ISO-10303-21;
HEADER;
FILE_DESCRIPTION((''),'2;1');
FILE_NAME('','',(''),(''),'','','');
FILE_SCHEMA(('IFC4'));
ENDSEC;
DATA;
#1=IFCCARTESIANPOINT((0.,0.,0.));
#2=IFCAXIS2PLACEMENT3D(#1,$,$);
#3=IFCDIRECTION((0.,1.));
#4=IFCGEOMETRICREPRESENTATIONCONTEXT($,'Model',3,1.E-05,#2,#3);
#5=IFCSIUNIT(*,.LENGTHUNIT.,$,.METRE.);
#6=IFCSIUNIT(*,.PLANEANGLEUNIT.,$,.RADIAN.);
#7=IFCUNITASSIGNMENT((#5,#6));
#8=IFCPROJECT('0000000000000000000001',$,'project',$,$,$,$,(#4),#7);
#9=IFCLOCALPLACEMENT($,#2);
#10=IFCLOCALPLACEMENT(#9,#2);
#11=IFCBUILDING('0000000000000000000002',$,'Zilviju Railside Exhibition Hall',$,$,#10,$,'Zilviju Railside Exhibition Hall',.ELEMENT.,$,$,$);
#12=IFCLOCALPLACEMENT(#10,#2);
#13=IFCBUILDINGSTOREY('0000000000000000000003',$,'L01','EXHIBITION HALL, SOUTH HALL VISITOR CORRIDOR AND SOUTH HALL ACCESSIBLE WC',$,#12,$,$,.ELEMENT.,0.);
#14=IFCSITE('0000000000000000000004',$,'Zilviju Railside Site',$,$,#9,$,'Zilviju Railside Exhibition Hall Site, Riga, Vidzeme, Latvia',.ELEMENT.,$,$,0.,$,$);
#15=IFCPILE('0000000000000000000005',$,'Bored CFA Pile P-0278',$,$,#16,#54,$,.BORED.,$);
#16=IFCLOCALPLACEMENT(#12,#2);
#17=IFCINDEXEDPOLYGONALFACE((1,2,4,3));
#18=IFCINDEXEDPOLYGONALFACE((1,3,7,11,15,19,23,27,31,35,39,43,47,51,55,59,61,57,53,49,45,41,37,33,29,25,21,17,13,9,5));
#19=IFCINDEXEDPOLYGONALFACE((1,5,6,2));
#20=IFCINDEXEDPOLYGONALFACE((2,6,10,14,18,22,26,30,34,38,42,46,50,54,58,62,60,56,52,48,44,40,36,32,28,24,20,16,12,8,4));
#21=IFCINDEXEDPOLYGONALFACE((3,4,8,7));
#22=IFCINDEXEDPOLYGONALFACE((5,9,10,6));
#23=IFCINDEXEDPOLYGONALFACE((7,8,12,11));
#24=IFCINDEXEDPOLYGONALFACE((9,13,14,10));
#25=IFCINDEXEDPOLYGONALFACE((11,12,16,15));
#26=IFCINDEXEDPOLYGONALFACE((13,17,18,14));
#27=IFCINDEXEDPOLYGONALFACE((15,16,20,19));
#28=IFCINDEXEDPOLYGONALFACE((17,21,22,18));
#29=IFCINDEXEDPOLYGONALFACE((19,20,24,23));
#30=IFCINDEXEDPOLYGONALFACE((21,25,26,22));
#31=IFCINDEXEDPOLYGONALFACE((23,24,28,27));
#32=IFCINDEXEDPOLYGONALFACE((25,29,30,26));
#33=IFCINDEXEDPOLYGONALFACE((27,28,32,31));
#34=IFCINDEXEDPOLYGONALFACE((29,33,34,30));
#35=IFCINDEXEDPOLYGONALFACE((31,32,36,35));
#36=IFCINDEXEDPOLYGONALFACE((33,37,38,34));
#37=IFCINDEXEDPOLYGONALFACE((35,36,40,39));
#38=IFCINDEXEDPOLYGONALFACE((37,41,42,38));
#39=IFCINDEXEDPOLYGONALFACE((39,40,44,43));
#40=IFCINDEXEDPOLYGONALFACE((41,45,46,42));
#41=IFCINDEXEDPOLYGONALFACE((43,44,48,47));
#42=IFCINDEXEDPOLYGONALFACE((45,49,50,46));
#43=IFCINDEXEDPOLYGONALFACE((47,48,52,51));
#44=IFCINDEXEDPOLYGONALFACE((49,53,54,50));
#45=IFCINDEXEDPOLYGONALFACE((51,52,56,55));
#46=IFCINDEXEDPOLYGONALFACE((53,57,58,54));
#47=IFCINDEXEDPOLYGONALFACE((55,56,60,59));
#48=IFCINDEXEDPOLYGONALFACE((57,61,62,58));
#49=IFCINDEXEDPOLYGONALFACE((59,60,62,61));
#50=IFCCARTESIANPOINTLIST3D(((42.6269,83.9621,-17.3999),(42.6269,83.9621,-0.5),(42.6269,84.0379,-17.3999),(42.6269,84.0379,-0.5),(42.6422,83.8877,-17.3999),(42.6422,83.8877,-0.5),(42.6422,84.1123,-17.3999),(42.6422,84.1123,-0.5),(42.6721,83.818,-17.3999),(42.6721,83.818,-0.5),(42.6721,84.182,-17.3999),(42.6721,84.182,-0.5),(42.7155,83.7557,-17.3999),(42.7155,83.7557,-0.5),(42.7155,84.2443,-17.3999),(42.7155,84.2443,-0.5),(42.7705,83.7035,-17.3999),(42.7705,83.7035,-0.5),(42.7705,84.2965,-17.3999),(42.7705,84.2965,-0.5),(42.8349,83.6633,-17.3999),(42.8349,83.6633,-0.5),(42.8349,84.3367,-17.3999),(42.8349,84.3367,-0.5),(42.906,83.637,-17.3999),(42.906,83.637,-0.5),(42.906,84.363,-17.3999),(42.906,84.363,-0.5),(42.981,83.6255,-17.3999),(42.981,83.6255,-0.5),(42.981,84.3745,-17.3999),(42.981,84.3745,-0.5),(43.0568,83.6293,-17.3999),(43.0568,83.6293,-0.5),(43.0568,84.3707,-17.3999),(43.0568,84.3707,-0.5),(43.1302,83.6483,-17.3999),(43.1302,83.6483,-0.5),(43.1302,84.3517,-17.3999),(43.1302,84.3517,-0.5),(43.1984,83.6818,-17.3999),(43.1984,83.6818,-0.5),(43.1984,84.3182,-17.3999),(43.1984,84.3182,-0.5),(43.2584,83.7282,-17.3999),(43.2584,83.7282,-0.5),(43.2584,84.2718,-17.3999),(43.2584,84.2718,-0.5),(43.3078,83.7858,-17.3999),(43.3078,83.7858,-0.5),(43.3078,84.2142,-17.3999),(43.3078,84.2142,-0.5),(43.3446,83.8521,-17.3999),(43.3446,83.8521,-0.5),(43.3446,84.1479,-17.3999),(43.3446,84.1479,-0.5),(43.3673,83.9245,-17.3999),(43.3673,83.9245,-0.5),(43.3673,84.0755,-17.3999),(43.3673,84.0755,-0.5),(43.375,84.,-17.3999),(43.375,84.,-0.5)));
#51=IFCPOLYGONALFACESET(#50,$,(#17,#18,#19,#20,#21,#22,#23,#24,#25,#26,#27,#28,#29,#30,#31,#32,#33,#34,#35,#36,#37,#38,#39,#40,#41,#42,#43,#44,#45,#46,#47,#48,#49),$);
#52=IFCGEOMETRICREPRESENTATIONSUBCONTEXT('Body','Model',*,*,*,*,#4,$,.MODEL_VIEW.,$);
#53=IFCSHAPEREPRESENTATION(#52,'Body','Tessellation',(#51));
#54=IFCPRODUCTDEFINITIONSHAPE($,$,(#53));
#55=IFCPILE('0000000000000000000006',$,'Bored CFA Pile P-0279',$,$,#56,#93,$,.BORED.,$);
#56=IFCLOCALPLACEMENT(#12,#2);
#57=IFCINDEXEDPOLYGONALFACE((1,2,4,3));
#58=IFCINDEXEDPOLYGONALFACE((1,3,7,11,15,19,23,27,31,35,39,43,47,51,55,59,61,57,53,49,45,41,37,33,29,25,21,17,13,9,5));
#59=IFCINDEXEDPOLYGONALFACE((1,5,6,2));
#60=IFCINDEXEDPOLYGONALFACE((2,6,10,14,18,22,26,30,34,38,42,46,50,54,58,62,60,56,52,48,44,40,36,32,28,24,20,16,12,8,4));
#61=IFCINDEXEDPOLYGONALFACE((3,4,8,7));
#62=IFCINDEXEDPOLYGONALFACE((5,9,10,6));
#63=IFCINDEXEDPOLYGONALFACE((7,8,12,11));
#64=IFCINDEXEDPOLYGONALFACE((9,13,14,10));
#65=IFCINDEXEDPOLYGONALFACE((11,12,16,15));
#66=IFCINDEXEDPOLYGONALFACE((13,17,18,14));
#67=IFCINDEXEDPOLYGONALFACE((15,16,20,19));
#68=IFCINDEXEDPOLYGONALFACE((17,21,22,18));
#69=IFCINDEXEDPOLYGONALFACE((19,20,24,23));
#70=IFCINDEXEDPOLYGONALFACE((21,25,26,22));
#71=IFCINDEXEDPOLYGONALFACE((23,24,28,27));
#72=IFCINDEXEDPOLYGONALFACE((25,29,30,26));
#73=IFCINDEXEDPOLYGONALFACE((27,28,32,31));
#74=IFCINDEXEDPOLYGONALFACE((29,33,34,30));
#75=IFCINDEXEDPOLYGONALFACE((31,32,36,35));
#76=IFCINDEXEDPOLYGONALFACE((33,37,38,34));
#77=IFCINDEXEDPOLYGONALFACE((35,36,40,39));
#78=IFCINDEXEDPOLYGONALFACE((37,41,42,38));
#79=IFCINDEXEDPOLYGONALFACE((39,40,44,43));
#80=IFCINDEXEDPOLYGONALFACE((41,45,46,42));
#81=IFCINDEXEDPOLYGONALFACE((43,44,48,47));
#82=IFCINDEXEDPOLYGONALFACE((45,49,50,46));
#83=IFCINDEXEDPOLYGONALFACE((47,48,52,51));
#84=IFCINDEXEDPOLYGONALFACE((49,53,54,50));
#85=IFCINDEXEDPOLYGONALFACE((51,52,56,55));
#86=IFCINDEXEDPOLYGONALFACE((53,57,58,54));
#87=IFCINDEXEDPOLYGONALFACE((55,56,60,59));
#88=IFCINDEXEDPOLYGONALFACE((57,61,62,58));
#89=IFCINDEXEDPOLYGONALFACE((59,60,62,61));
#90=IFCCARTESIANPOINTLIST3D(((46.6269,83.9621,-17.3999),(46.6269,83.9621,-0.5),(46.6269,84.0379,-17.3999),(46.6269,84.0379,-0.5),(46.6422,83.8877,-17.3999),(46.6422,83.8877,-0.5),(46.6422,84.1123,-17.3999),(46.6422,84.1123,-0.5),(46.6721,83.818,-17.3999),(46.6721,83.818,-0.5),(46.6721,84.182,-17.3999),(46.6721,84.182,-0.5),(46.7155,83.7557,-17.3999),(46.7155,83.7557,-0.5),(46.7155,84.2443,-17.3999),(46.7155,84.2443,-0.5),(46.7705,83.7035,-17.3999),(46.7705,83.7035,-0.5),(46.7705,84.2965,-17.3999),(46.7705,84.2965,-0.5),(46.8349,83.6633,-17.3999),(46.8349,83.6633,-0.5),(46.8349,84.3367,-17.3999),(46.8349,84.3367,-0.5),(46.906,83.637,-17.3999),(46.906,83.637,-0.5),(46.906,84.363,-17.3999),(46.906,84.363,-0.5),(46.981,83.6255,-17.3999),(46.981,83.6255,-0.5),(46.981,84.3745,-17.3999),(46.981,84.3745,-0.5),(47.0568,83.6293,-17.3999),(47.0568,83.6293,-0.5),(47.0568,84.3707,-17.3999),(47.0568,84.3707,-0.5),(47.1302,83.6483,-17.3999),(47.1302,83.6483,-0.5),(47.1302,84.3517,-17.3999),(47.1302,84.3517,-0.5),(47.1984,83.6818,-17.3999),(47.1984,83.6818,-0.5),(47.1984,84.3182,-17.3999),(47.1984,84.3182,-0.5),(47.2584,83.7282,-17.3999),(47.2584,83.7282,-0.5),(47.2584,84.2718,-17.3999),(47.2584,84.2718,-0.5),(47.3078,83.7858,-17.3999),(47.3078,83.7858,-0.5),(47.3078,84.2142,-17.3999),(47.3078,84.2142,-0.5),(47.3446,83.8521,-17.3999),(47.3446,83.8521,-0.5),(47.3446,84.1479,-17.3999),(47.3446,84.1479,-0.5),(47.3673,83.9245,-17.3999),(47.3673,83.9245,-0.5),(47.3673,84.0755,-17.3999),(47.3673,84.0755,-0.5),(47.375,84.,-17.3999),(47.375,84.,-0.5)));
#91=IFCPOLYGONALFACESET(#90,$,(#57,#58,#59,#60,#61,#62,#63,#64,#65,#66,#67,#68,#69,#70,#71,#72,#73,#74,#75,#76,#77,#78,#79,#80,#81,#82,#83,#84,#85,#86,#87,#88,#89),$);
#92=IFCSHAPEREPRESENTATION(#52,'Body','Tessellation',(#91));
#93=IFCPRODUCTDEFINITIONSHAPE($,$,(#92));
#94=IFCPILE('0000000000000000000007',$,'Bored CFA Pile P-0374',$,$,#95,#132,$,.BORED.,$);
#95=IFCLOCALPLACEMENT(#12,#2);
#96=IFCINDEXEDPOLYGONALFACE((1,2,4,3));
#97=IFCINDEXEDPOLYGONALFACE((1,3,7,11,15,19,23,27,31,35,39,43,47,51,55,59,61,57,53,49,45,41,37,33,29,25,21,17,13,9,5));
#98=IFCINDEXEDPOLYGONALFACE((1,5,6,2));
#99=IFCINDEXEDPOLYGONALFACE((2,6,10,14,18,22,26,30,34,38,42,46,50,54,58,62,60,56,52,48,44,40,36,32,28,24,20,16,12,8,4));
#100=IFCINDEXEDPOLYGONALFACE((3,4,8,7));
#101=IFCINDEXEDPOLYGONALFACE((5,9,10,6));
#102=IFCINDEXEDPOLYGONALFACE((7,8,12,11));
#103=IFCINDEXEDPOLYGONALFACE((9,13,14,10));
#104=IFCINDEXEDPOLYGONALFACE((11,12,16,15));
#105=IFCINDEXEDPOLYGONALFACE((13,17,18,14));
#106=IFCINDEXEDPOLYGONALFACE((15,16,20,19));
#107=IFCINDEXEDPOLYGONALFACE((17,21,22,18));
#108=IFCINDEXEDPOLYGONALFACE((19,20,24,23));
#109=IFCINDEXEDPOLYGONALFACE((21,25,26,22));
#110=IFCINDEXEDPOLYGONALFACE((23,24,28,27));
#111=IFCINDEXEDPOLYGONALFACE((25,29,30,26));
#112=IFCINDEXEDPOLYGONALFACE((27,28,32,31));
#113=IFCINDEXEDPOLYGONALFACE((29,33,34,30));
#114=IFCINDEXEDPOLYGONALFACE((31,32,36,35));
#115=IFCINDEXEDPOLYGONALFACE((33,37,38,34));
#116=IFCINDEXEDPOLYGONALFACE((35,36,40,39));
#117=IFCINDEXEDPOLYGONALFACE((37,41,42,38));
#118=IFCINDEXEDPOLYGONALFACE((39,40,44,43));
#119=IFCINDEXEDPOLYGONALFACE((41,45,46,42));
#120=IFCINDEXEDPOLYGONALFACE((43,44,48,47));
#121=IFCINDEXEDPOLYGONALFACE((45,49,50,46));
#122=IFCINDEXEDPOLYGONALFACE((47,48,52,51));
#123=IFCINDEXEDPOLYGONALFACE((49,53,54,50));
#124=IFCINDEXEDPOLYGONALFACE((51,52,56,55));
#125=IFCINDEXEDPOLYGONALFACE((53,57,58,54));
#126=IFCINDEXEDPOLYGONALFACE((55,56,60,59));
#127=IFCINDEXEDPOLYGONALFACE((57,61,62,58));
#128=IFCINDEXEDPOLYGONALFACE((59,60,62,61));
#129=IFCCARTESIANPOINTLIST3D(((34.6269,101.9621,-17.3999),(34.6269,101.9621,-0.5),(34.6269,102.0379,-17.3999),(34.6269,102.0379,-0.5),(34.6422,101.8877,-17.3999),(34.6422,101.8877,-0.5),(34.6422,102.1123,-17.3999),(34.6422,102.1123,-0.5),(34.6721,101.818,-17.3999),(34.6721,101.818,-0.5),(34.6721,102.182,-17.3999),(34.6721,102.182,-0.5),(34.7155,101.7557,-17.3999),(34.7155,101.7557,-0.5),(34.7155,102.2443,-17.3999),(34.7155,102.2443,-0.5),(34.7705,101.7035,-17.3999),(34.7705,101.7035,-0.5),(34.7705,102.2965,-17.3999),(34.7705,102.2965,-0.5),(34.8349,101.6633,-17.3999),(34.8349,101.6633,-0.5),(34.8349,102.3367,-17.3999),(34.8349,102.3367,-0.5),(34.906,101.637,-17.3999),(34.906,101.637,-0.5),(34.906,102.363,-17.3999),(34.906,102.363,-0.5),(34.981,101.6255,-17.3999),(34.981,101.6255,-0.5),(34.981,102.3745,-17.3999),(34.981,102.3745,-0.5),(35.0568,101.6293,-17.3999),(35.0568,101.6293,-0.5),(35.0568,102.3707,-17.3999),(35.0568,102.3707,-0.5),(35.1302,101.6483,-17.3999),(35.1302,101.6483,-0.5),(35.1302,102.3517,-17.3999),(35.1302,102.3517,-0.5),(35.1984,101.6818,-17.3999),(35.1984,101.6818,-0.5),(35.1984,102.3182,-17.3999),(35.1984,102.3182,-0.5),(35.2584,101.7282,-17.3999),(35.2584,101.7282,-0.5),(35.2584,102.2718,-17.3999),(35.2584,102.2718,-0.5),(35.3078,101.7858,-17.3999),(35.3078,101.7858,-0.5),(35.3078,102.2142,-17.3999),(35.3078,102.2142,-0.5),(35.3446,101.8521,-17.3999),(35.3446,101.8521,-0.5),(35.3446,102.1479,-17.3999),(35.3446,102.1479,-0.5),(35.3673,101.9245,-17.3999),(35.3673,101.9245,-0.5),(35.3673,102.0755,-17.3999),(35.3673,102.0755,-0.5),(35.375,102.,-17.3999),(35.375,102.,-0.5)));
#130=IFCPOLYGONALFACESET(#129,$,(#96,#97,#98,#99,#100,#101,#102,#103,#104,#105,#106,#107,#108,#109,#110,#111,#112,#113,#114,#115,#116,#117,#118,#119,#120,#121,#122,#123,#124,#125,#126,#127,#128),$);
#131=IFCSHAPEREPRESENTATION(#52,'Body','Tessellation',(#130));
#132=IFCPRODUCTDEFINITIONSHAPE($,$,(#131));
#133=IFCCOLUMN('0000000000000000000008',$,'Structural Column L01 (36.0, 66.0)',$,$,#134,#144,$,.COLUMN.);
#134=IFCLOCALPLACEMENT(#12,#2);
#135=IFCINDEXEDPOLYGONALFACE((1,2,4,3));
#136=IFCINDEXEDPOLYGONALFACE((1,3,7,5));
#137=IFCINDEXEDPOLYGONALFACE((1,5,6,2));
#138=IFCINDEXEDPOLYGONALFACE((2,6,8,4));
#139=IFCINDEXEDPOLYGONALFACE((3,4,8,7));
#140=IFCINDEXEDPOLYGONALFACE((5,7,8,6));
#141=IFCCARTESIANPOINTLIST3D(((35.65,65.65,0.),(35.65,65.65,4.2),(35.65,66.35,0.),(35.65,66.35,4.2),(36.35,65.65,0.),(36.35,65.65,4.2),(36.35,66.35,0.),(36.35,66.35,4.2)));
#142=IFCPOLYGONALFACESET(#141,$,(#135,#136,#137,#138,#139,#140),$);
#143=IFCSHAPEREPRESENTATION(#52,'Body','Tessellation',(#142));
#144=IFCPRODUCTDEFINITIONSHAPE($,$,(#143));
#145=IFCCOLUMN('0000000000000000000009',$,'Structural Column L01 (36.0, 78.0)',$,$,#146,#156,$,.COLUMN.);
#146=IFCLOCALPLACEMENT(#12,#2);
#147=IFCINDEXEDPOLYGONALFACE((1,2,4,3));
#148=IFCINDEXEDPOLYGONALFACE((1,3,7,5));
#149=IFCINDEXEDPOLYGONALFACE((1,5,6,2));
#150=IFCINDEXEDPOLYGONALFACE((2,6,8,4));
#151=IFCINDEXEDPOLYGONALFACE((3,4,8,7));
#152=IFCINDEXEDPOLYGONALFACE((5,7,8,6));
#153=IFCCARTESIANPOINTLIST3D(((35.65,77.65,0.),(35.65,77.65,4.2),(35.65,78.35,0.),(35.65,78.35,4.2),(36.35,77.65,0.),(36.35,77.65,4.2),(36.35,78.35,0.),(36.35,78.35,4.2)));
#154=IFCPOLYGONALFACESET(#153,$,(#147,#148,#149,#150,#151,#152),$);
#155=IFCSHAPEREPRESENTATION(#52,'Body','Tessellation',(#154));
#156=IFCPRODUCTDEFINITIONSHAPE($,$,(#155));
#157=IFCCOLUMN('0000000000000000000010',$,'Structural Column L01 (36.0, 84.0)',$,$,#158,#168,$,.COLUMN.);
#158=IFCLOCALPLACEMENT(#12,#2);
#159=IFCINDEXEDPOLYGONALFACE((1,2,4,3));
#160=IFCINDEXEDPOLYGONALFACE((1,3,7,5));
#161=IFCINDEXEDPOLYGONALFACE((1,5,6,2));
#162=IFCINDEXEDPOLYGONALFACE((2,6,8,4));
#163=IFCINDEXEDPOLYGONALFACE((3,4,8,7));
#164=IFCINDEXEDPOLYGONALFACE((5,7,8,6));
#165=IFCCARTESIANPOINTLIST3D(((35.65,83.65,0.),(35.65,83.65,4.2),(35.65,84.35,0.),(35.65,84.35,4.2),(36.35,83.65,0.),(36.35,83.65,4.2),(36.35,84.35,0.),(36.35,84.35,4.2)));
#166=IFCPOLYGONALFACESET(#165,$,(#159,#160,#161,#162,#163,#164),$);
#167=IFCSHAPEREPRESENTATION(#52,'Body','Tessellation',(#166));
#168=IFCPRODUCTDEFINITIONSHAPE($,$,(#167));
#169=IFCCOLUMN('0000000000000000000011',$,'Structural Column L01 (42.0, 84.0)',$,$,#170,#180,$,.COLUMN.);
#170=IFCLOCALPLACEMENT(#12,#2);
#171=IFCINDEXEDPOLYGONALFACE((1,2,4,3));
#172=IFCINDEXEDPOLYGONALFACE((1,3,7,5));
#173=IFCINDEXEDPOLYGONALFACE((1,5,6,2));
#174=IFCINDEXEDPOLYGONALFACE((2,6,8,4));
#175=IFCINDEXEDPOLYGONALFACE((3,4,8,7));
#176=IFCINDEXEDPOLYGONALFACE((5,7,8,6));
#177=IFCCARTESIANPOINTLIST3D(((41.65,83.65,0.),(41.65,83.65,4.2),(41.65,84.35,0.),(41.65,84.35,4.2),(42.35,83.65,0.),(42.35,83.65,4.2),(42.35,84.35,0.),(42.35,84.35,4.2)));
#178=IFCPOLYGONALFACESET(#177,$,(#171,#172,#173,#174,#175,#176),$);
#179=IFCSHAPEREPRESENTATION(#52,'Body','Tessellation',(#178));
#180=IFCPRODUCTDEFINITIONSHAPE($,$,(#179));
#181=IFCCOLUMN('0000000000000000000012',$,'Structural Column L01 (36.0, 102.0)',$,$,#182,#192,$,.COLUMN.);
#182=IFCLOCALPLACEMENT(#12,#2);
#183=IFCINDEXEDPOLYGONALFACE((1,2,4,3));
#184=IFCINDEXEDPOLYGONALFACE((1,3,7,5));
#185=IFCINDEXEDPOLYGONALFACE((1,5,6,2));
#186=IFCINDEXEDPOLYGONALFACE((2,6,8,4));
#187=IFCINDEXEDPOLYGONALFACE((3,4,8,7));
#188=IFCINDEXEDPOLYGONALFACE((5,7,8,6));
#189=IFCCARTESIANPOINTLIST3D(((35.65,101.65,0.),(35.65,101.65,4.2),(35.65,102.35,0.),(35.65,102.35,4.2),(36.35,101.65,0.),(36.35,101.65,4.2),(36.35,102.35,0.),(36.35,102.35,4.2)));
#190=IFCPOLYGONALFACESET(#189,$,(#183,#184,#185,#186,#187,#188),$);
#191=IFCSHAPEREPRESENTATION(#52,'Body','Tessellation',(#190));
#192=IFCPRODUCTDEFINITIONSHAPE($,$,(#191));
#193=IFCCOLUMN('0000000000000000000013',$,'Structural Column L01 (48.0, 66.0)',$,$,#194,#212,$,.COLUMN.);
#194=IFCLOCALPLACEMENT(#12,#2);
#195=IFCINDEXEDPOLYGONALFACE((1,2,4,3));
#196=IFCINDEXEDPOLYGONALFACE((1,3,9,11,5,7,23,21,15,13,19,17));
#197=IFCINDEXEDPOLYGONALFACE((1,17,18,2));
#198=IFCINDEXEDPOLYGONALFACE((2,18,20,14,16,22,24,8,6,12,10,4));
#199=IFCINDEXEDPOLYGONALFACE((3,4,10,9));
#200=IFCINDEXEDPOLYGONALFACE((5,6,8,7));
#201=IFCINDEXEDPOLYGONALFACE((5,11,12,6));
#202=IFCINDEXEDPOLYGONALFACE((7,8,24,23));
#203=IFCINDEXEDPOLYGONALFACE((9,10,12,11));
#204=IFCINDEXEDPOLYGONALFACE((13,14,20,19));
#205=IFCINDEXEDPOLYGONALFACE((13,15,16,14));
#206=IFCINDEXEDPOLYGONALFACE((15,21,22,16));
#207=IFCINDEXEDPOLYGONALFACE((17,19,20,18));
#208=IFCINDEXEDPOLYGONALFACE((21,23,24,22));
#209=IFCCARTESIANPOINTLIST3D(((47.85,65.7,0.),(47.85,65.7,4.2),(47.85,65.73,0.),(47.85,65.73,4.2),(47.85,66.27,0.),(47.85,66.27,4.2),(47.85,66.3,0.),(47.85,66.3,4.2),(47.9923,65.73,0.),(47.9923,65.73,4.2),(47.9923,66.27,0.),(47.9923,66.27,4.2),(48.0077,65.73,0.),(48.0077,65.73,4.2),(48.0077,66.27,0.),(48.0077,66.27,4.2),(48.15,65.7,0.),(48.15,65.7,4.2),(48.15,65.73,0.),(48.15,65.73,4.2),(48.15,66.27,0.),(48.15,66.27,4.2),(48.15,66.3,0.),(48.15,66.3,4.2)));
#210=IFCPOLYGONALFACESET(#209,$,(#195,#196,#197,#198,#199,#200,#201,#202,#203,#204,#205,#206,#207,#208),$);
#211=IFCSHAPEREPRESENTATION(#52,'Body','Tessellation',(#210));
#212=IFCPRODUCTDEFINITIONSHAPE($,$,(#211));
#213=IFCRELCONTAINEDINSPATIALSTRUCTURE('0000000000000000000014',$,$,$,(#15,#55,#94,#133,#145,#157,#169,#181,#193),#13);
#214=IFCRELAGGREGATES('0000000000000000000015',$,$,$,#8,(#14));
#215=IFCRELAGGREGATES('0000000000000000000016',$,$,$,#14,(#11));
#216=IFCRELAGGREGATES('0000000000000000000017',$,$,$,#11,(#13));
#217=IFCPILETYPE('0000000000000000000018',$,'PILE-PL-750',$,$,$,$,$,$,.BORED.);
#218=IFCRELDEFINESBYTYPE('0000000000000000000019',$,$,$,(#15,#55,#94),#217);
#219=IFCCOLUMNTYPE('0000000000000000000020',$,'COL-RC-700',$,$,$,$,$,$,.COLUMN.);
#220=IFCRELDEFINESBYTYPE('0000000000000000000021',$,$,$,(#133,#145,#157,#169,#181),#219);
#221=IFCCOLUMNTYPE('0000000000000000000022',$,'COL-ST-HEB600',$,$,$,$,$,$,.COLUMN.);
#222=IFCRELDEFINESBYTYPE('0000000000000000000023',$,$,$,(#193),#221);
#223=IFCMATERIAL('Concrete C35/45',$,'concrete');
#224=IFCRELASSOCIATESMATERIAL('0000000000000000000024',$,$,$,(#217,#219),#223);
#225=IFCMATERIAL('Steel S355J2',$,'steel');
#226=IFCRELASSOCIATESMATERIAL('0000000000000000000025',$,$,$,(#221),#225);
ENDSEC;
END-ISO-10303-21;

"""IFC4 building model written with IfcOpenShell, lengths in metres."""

from ifc_helpers import new_model, si_unit, direction, frame, origin, origin_2d, place, context, subcontext, project, spatial, rectangle, circle, i_section, extrude, material, material_profile, profile_set, type_object, element, save


model = new_model("IFC4")

# Units and contexts
model_context = context("Model", 3, precision=1e-05, world=origin(), true_north=direction((0.0, 1.0)))
body_context = subcontext(model_context, "Body", "Model", "MODEL_VIEW")
ifc_project = project(units=[si_unit("LENGTHUNIT", "METRE"), si_unit("PLANEANGLEUNIT", "RADIAN")], contexts=[model_context])

# Site, building, storey
site_placement = place(None, origin())
site = spatial("IfcSite", under=ifc_project, at=site_placement, Name="Zilviju Railside Site", LongName="Zilviju Railside Exhibition Hall Site, Riga, Vidzeme, Latvia", CompositionType="ELEMENT", RefElevation=0.0)
building_placement = place(site_placement, origin())
building = spatial("IfcBuilding", under=site, at=building_placement, Name="Zilviju Railside Exhibition Hall", LongName="Zilviju Railside Exhibition Hall", CompositionType="ELEMENT")
storey_placement = place(building_placement, origin())
storey = spatial("IfcBuildingStorey", under=building, at=storey_placement, Name="L01", Description="EXHIBITION HALL, SOUTH HALL VISITOR CORRIDOR AND SOUTH HALL ACCESSIBLE WC", CompositionType="ELEMENT", Elevation=0.0)

# Shared definitions
ifc_material_1 = material(Name="Concrete C35/45", Category="concrete")

# Piles
ifc_material_profile_1 = material_profile(ifc_material_1, circle(Radius=0.375, at=origin_2d()), Name="CFA PILE D750")
ifc_profile_set_1 = profile_set([ifc_material_profile_1], Name="Concrete C35/45")
pile_type = type_object("IfcPileType", Name="PILE-PL-750", PredefinedType="BORED", material=ifc_profile_set_1)
for number, where, z_axis, x_axis, name in (
    (1, (43.0, 84.0, -0.5), (0.0, 0.0, -1.0), (1.0, 0.0, 0.0), "Bored CFA Pile P-0278"),
    (2, (47.0, 84.0, -0.5), (0.0, 0.0, -1.0), (1.0, 0.0, 0.0), "Bored CFA Pile P-0279"),
    (3, (35.0, 102.0, -0.5), (0.0, 0.0, -1.0), (1.0, 0.0, 0.0), "Bored CFA Pile P-0374"),
):
    element("IfcPile", number, at=place(storey_placement, frame(where, z_axis=z_axis, x_axis=x_axis)), inside=storey, type_object=pile_type, Name=name, PredefinedType="BORED", context=body_context, shape_type="SweptSolid", body=[
        extrude(circle(Radius=0.375, at=origin_2d()), origin(), (0.0, 0.0, 1.0), 16.8999),
    ])

# Columns
ifc_material_profile_2 = material_profile(ifc_material_1, rectangle(XDim=0.7, YDim=0.7, at=origin_2d()), Name="RC COL 700x700")
ifc_profile_set_2 = profile_set([ifc_material_profile_2], Name="Concrete C35/45")
column_type_1 = type_object("IfcColumnType", Name="COL-RC-700", PredefinedType="COLUMN", material=ifc_profile_set_2)
for number, where, z_axis, x_axis, name in (
    (4, (36.0, 66.0, 0.0), (0.0, 0.0, 1.0), (1.0, 0.0, 0.0), "Structural Column L01 (36.0, 66.0)"),
    (5, (36.0, 78.0, 0.0), (0.0, 0.0, 1.0), (1.0, 0.0, 0.0), "Structural Column L01 (36.0, 78.0)"),
    (6, (36.0, 84.0, 0.0), (0.0, 0.0, 1.0), (1.0, 0.0, 0.0), "Structural Column L01 (36.0, 84.0)"),
    (7, (42.0, 84.0, 0.0), (0.0, 0.0, 1.0), (1.0, 0.0, 0.0), "Structural Column L01 (42.0, 84.0)"),
    (8, (36.0, 102.0, 0.0), (0.0, 0.0, 1.0), (1.0, 0.0, 0.0), "Structural Column L01 (36.0, 102.0)"),
):
    element("IfcColumn", number, at=place(storey_placement, frame(where, z_axis=z_axis, x_axis=x_axis)), inside=storey, type_object=column_type_1, Name=name, PredefinedType="COLUMN", context=body_context, shape_type="SweptSolid", body=[
        extrude(rectangle(XDim=0.7, YDim=0.7, at=origin_2d()), origin(), (0.0, 0.0, 1.0), 4.2),
    ])
ifc_material_2 = material(Name="Steel S355J2", Category="steel")
ifc_material_profile_3 = material_profile(ifc_material_2, i_section(OverallWidth=0.3, OverallDepth=0.6001, WebThickness=0.0154, FlangeThickness=0.03, at=origin_2d()), Name="HEB 600")
ifc_profile_set_3 = profile_set([ifc_material_profile_3], Name="Steel S355J2")
column_type_2 = type_object("IfcColumnType", Name="COL-ST-HEB600", PredefinedType="COLUMN", material=ifc_profile_set_3)
for number, where, z_axis, x_axis, name in (
    (9, (48.0, 66.0, 0.0), (0.0, 0.0, 1.0), (1.0, 0.0, 0.0), "Structural Column L01 (48.0, 66.0)"),
):
    element("IfcColumn", number, at=place(storey_placement, frame(where, z_axis=z_axis, x_axis=x_axis)), inside=storey, type_object=column_type_2, Name=name, PredefinedType="COLUMN", context=body_context, shape_type="SweptSolid", body=[
        extrude(i_section(OverallWidth=0.3, OverallDepth=0.6001, WebThickness=0.0154, FlangeThickness=0.03, at=origin_2d()), origin(), (0.0, 0.0, 1.0), 4.2),
    ])

save(model, "model.ifc")
